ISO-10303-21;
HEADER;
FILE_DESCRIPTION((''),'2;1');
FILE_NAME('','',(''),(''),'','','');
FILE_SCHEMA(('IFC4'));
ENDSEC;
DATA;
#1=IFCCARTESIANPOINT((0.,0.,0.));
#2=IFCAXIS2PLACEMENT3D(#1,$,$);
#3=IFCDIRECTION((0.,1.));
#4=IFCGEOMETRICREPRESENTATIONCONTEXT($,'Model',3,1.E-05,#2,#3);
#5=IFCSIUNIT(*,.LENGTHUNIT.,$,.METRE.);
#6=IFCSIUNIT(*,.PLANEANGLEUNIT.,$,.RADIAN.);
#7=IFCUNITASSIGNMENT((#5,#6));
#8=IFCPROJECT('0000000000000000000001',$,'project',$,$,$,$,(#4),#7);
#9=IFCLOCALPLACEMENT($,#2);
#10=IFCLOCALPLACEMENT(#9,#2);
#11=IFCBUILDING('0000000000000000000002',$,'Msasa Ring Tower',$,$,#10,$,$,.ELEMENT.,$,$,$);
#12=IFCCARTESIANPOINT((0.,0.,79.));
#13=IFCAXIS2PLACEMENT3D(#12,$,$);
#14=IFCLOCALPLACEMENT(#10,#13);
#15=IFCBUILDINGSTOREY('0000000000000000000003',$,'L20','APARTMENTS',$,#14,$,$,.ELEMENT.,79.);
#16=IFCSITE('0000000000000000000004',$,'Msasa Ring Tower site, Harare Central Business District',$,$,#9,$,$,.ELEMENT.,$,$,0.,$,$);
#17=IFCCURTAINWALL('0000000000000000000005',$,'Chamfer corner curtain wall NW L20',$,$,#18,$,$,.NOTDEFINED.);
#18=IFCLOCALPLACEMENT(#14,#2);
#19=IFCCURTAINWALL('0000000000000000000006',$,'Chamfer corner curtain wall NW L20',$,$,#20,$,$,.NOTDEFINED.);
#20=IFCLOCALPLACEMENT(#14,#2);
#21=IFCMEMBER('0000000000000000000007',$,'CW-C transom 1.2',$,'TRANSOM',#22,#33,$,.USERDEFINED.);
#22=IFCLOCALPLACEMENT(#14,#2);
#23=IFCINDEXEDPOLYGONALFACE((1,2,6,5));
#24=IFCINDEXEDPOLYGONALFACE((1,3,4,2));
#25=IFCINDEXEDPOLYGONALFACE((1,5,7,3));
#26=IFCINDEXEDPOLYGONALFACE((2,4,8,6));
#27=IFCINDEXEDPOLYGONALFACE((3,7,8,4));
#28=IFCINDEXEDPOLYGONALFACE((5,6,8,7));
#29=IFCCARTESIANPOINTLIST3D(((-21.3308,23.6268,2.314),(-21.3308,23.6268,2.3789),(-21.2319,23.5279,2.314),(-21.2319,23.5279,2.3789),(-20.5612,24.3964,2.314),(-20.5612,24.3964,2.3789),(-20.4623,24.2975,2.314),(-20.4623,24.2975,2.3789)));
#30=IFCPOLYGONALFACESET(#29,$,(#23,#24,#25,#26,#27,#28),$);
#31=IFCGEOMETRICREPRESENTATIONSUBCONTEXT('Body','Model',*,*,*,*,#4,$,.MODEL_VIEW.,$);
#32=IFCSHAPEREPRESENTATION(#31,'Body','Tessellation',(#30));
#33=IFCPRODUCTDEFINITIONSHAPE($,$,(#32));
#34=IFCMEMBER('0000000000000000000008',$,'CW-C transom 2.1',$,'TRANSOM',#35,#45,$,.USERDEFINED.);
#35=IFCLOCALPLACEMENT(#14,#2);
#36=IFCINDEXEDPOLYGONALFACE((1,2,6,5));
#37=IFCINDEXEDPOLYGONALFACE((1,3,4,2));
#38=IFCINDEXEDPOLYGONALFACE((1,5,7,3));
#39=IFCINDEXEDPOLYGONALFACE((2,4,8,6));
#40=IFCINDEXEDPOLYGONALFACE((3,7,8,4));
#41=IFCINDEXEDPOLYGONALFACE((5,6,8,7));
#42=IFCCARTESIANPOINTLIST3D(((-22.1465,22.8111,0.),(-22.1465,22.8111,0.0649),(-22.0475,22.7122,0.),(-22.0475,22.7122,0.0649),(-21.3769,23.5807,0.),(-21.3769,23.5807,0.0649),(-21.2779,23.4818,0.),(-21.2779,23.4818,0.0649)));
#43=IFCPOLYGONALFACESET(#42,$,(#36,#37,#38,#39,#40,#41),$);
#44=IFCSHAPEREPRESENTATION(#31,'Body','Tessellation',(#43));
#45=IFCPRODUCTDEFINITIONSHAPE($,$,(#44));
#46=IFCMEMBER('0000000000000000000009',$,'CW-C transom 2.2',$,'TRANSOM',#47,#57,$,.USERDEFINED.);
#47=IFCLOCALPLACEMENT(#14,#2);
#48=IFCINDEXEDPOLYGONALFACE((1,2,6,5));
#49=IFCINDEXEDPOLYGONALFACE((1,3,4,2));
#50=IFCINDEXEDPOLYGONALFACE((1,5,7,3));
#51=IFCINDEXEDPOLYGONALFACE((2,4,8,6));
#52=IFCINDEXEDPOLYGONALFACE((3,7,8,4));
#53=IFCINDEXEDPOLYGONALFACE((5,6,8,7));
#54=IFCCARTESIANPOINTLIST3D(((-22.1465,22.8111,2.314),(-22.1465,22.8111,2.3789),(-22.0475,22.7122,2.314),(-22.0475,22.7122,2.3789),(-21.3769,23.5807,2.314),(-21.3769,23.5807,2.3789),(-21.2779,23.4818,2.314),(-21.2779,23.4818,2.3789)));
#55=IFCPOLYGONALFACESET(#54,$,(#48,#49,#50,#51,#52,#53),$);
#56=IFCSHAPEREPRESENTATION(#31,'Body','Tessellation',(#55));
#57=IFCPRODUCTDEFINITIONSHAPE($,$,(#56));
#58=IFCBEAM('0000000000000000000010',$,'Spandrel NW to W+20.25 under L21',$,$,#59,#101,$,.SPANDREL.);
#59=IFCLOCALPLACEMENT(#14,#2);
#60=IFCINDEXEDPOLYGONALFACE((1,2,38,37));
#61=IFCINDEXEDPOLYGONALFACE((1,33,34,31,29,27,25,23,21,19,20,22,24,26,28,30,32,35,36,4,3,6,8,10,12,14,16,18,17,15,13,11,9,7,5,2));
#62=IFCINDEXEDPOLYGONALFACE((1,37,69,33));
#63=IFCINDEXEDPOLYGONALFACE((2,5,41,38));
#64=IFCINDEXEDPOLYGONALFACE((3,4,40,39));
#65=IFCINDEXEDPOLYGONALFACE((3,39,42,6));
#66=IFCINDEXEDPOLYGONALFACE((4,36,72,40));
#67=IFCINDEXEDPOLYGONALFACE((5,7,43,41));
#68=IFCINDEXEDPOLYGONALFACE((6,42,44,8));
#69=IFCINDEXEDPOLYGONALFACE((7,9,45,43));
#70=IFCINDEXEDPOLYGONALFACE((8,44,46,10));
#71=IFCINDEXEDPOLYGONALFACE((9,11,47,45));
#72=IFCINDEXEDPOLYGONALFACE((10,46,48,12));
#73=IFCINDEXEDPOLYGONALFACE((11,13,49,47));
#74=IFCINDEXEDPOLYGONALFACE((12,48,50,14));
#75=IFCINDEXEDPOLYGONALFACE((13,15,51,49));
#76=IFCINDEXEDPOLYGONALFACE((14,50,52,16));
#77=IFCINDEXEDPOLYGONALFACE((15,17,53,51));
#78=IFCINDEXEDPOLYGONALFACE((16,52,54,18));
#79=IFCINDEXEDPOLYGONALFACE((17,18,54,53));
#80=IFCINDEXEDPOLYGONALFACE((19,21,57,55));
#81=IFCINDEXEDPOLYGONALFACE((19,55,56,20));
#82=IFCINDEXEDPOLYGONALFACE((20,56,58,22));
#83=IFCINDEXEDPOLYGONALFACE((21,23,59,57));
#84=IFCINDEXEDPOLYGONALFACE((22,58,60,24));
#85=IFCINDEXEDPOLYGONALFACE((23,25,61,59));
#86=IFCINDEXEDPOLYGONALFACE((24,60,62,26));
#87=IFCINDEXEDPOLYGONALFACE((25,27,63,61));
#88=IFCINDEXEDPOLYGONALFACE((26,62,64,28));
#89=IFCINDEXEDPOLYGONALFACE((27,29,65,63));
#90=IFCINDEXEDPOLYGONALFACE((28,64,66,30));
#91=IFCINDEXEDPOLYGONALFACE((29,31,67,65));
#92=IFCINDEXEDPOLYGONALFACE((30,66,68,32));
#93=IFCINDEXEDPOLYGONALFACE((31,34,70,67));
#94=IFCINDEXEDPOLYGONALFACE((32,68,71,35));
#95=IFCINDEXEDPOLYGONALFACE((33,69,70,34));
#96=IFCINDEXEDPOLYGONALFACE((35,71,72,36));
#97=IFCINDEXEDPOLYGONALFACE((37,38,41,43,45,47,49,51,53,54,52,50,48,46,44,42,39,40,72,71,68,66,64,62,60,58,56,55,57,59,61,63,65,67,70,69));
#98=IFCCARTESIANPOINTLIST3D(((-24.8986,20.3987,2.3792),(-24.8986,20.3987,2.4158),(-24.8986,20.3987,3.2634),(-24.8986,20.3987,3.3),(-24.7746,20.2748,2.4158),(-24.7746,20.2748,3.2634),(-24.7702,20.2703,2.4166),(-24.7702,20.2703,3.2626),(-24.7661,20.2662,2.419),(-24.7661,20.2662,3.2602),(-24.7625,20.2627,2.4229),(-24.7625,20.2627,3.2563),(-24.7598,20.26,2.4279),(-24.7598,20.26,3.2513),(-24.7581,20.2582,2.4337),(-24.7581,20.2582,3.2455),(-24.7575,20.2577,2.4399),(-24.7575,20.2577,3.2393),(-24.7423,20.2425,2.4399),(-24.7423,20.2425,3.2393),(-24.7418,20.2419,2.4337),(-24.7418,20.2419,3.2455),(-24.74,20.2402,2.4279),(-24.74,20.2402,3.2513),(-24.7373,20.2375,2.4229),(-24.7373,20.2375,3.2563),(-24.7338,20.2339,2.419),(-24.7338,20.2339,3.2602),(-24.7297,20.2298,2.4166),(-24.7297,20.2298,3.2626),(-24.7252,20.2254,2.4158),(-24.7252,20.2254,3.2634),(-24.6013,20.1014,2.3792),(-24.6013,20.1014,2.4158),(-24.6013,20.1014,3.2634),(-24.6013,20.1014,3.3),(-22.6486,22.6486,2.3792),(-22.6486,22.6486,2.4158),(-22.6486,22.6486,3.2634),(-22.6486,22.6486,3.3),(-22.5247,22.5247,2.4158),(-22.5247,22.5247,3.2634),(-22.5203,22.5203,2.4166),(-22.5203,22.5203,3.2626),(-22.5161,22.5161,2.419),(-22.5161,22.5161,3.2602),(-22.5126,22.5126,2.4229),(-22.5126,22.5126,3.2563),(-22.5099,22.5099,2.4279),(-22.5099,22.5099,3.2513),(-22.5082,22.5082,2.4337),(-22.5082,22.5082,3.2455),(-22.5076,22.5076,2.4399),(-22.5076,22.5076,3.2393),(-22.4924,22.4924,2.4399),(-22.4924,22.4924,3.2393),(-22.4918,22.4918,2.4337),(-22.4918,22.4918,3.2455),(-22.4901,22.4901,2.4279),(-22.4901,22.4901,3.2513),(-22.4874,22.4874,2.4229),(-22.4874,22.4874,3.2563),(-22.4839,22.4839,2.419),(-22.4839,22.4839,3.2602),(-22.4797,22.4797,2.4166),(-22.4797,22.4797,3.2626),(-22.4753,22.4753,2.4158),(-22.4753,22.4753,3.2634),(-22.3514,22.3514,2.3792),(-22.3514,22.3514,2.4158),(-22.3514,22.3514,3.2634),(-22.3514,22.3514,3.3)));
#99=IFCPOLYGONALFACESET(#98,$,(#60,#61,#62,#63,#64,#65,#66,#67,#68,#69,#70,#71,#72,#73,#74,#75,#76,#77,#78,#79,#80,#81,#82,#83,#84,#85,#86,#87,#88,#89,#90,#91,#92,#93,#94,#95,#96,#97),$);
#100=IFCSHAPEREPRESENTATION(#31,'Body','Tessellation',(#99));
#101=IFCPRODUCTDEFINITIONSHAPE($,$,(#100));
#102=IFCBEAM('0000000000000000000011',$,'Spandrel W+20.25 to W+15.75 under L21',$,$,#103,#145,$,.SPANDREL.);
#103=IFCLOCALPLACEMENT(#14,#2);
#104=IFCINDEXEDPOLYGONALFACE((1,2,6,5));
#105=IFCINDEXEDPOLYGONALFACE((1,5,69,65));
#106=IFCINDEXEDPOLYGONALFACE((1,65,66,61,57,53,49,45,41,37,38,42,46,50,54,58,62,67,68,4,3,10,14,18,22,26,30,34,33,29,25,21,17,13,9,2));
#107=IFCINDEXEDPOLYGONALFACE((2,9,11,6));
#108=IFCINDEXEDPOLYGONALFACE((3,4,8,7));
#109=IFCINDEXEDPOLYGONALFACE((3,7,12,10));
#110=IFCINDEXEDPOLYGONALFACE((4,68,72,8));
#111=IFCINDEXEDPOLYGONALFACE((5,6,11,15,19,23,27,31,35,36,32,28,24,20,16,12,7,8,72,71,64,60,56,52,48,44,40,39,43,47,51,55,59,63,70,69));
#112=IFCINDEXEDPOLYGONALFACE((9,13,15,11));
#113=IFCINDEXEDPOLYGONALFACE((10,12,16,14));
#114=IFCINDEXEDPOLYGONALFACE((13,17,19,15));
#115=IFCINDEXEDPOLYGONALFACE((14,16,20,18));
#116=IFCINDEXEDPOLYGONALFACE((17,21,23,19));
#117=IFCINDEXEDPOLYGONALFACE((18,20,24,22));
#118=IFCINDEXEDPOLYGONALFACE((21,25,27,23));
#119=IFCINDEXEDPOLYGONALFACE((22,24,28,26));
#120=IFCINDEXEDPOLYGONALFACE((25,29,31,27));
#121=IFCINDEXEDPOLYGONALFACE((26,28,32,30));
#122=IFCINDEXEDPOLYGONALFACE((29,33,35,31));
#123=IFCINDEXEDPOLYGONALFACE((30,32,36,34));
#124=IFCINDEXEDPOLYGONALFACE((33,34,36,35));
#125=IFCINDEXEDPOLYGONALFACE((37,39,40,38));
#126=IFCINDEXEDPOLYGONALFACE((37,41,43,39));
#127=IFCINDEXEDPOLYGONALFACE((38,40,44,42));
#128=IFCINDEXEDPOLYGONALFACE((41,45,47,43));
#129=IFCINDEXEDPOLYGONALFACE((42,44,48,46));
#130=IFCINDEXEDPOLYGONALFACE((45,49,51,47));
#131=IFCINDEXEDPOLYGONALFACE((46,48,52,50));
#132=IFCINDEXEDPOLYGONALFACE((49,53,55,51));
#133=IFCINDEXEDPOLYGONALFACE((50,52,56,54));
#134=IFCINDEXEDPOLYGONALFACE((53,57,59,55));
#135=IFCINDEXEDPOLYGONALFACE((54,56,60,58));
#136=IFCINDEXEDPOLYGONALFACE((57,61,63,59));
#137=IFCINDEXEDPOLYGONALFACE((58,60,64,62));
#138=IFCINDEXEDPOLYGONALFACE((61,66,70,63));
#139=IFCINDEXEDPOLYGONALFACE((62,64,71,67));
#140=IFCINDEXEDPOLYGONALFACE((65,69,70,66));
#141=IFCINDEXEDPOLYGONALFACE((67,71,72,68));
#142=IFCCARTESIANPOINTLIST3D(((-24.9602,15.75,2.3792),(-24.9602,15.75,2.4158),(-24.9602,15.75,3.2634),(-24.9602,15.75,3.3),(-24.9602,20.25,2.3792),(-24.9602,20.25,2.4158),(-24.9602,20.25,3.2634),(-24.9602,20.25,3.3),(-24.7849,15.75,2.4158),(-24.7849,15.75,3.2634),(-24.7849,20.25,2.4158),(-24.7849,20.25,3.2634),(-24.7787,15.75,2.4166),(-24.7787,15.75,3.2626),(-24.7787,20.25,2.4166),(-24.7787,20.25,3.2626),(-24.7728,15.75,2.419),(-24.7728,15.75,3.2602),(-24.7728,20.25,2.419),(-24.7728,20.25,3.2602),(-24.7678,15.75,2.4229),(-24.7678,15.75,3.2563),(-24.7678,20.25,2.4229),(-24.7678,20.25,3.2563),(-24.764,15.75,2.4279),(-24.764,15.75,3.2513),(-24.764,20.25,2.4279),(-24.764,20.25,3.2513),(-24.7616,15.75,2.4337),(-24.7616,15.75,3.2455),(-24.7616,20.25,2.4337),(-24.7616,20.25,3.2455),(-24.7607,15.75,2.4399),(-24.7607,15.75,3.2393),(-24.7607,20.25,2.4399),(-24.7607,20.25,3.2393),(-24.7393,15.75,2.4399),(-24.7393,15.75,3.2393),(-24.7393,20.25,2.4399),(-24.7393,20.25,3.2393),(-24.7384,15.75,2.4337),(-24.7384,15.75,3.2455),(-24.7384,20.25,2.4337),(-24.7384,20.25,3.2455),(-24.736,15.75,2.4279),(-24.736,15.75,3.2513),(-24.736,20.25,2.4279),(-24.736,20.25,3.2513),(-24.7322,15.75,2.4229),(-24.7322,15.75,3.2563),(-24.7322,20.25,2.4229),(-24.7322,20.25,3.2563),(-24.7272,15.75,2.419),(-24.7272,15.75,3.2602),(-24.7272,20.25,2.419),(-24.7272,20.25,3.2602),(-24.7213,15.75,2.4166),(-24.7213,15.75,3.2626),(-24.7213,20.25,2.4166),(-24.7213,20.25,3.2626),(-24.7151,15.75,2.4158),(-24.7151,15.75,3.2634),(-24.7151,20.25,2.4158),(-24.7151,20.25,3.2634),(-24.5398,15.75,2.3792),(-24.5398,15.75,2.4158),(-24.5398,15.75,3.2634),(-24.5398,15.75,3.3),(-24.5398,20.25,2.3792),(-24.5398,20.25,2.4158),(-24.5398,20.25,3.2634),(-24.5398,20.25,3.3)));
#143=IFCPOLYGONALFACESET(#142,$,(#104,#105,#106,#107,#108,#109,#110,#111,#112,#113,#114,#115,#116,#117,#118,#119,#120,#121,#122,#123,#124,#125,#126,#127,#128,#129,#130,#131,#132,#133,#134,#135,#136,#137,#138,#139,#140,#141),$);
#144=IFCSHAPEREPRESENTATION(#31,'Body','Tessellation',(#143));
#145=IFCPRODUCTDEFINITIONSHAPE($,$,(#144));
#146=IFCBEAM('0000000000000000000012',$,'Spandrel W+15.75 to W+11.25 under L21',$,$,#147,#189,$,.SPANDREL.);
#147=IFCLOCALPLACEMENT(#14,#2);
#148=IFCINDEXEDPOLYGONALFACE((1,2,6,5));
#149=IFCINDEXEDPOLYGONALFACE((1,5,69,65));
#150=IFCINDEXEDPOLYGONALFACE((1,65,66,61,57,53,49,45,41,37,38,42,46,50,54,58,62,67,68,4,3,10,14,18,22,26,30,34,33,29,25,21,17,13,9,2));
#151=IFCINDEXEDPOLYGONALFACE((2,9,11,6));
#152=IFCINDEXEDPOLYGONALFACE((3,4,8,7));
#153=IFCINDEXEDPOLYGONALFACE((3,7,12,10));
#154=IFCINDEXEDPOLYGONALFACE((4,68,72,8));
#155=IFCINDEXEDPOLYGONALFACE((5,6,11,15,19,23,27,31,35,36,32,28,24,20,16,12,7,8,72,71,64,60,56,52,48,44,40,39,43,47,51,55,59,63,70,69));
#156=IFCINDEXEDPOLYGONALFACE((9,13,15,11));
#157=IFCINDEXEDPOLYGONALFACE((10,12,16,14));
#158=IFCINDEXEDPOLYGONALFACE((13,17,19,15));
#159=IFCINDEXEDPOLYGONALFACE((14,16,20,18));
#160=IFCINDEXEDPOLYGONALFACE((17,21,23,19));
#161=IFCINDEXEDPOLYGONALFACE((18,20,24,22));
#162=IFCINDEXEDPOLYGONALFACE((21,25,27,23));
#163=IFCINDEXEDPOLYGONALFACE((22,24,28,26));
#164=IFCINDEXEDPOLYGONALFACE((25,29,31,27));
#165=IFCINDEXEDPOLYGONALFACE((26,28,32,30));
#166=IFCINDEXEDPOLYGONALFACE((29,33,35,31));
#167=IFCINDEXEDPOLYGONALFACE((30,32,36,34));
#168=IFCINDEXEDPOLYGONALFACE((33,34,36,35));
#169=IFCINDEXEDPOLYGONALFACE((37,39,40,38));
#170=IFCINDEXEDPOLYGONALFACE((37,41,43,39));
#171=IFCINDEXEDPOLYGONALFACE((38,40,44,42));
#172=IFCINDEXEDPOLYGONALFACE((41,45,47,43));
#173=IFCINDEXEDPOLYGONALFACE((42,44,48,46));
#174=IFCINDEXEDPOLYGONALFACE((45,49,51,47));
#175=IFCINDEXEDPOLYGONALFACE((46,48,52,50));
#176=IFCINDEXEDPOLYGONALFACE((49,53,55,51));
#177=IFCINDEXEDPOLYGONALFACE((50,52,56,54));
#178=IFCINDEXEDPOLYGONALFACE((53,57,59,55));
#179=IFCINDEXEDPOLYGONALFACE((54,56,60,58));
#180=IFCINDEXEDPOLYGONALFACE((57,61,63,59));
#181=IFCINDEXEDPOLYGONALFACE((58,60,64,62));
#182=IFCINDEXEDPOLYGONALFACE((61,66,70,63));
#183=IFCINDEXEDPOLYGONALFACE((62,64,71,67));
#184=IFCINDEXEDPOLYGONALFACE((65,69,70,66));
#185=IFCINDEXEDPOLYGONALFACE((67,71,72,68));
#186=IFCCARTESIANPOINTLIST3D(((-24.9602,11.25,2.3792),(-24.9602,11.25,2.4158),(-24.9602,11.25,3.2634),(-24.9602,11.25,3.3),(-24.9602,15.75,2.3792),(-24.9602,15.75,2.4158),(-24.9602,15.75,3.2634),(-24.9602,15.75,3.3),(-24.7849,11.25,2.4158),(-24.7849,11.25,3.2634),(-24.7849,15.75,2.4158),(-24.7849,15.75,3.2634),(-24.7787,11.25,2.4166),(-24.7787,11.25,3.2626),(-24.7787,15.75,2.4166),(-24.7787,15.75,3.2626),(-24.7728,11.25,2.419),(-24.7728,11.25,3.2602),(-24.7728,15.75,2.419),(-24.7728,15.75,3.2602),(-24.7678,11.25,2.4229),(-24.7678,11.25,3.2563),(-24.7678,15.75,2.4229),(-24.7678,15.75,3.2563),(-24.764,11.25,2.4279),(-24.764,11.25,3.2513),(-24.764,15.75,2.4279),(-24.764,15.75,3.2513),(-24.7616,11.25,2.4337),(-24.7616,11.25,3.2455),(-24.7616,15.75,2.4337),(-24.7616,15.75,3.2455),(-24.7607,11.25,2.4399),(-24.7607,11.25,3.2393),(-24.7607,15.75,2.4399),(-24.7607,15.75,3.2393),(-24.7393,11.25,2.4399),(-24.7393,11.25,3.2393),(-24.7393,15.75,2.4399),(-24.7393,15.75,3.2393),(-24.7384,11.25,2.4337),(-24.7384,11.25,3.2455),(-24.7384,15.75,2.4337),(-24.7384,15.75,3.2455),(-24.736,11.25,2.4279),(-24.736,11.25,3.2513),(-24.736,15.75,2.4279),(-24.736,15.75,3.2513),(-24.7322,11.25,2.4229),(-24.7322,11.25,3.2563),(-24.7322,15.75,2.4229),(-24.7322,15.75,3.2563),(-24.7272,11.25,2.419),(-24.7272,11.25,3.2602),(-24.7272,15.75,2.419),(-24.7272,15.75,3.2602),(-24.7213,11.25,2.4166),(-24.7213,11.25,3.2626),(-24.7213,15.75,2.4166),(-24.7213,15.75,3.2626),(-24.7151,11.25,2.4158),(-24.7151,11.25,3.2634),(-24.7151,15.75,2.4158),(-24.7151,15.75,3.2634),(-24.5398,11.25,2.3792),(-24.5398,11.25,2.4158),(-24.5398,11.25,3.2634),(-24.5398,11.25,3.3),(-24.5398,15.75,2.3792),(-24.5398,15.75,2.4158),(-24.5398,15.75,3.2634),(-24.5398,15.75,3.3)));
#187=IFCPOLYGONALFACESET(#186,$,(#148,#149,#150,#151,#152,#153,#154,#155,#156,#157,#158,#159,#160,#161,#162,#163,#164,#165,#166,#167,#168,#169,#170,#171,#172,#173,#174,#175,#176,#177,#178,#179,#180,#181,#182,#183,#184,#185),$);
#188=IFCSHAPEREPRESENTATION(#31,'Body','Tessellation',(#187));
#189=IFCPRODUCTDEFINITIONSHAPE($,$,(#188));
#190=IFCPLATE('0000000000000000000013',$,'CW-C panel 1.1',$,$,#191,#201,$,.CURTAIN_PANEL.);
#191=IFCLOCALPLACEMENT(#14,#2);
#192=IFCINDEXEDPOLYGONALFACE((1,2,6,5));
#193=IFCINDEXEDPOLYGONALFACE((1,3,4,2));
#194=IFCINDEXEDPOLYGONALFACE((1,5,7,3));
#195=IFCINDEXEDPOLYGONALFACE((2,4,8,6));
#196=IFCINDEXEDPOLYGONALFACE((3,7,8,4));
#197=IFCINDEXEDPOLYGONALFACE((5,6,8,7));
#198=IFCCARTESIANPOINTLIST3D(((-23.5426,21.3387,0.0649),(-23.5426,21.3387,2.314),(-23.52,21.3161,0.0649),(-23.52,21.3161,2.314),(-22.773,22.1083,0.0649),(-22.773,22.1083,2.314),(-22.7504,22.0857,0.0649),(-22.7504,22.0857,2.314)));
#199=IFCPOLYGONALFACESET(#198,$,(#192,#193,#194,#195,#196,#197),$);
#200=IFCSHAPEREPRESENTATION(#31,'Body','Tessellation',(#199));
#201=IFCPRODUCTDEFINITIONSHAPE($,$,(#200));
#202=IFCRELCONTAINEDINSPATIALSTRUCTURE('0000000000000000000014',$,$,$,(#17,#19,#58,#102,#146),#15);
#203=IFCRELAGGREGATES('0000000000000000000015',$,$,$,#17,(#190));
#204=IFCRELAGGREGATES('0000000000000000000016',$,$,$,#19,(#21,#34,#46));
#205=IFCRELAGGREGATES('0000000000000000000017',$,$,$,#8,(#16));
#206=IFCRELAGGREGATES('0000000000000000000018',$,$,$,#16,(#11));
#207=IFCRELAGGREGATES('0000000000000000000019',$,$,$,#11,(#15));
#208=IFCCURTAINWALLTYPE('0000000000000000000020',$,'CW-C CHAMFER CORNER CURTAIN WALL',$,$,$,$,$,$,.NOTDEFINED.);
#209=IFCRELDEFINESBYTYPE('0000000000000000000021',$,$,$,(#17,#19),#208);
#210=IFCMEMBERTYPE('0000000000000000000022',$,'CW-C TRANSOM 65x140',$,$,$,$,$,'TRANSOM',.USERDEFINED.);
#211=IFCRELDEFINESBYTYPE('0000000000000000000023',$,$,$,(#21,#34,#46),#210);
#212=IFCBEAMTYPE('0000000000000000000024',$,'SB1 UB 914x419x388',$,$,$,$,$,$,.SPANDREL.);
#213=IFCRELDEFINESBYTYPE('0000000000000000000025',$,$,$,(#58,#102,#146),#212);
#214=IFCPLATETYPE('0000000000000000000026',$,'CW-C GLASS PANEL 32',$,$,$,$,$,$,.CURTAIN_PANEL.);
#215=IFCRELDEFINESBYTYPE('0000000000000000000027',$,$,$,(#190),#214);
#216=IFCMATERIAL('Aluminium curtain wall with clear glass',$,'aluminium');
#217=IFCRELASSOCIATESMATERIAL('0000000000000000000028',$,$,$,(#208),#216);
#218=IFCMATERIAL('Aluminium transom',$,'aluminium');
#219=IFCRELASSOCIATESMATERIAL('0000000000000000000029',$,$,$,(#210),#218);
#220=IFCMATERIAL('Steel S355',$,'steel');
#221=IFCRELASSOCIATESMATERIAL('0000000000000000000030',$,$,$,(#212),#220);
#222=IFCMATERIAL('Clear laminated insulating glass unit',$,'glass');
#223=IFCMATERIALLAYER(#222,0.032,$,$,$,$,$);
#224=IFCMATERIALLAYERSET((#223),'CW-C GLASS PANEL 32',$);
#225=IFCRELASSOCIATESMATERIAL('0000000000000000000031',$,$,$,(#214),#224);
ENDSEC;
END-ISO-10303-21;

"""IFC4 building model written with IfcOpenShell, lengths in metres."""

from ifc_helpers import new_model, si_unit, direction, frame, origin, origin_2d, place, context, subcontext, project, spatial, rectangle, i_section, extrude, material, layer, layer_set, material_profile, profile_set, type_object, element, aggregate, save


model = new_model("IFC4")

# Units and contexts
model_context = context("Model", 3, precision=1e-05, world=origin(), true_north=direction((0.0, 1.0)))
body_context = subcontext(model_context, "Body", "Model", "MODEL_VIEW")
ifc_project = project(units=[si_unit("LENGTHUNIT", "METRE"), si_unit("PLANEANGLEUNIT", "RADIAN")], contexts=[model_context])

# Site, building, storey
site_placement = place(None, origin())
site = spatial("IfcSite", under=ifc_project, at=site_placement, Name="Msasa Ring Tower site, Harare Central Business District", CompositionType="ELEMENT", RefElevation=0.0)
building_placement = place(site_placement, origin())
building = spatial("IfcBuilding", under=site, at=building_placement, Name="Msasa Ring Tower", CompositionType="ELEMENT")
storey_placement = place(building_placement, frame((0.0, 0.0, 79.0)))
storey = spatial("IfcBuildingStorey", under=building, at=storey_placement, Name="L20", Description="APARTMENTS", CompositionType="ELEMENT", Elevation=79.0)

# Curtain walls
ifc_material_1 = material(Name="Aluminium curtain wall with clear glass", Category="aluminium")
curtain_wall_type = type_object("IfcCurtainWallType", Name="CW-C CHAMFER CORNER CURTAIN WALL", PredefinedType="NOTDEFINED", material=ifc_material_1)
curtain_wall_1_placement = place(storey_placement, origin())
curtain_wall_1 = element("IfcCurtainWall", 1, at=curtain_wall_1_placement, inside=storey, type_object=curtain_wall_type, Name="Chamfer corner curtain wall NW L20", PredefinedType="NOTDEFINED")
curtain_wall_2_placement = place(storey_placement, origin())
curtain_wall_2 = element("IfcCurtainWall", 2, at=curtain_wall_2_placement, inside=storey, type_object=curtain_wall_type, Name="Chamfer corner curtain wall NW L20", PredefinedType="NOTDEFINED")

# Members
ifc_material_2 = material(Name="Aluminium transom", Category="aluminium")
ifc_material_profile_1 = material_profile(ifc_material_2, rectangle(XDim=0.1399, YDim=0.0649, at=origin_2d()), Name="AL 65x140")
ifc_profile_set_1 = profile_set([ifc_material_profile_1], Name="Aluminium transom")
member_type_1 = type_object("IfcMemberType", Name="CW-C TRANSOM 65x140", ElementType="TRANSOM", PredefinedType="USERDEFINED", material=ifc_profile_set_1)
member_1_placement = place(storey_placement, frame((-20.5117, 24.3469, 2.3464), z_axis=(-0.707107, -0.707107, 0.0), x_axis=(0.707107, -0.707107, 0.0)))
member_1 = element("IfcMember", 3, at=member_1_placement, type_object=member_type_1, Name="CW-C transom 1.2", ObjectType="TRANSOM", PredefinedType="USERDEFINED", context=body_context, shape_type="SweptSolid", body=[
    extrude(rectangle(XDim=0.1399, YDim=0.0649, at=origin_2d()), origin(), (0.0, 0.0, 1.0), 1.0884),
])
member_2_placement = place(storey_placement, frame((-21.3274, 23.5312, 0.0325), z_axis=(-0.707107, -0.707107, 0.0), x_axis=(0.707107, -0.707107, 0.0)))
member_2 = element("IfcMember", 4, at=member_2_placement, type_object=member_type_1, Name="CW-C transom 2.1", ObjectType="TRANSOM", PredefinedType="USERDEFINED", context=body_context, shape_type="SweptSolid", body=[
    extrude(rectangle(XDim=0.1399, YDim=0.0649, at=origin_2d()), origin(), (0.0, 0.0, 1.0), 1.0884),
])
member_3_placement = place(storey_placement, frame((-21.3274, 23.5312, 2.3464), z_axis=(-0.707107, -0.707107, 0.0), x_axis=(0.707107, -0.707107, 0.0)))
member_3 = element("IfcMember", 5, at=member_3_placement, type_object=member_type_1, Name="CW-C transom 2.2", ObjectType="TRANSOM", PredefinedType="USERDEFINED", context=body_context, shape_type="SweptSolid", body=[
    extrude(rectangle(XDim=0.1399, YDim=0.0649, at=origin_2d()), origin(), (0.0, 0.0, 1.0), 1.0884),
])

# Beams
ifc_material_3 = material(Name="Steel S355", Category="steel")
ifc_material_profile_2 = material_profile(ifc_material_3, i_section(OverallWidth=0.4204, OverallDepth=0.9209, WebThickness=0.0215, FlangeThickness=0.0366, FilletRadius=0.0242, at=origin_2d()), Name="UB 914x419x388")
ifc_profile_set_2 = profile_set([ifc_material_profile_2], Name="Steel S355")
beam_type = type_object("IfcBeamType", Name="SB1 UB 914x419x388", PredefinedType="SPANDREL", material=ifc_profile_set_2)
beam_placement = place(storey_placement, frame((-22.5, 22.5, 2.8396), z_axis=(-0.707107, -0.707107, 0.0), x_axis=(0.707107, -0.707107, 0.0)))
element("IfcBeam", 6, at=beam_placement, inside=storey, type_object=beam_type, Name="Spandrel NW to W+20.25 under L21", PredefinedType="SPANDREL", context=body_context, shape_type="SweptSolid", body=[
    extrude(i_section(OverallWidth=0.4204, OverallDepth=0.9209, WebThickness=0.0215, FlangeThickness=0.0366, FilletRadius=0.0242, at=origin_2d()), origin(), (0.0, 0.0, 1.0), 3.1819),
])
for number, where, z_axis, x_axis, name in (
    (7, (-24.75, 20.25, 2.8396), (0.0, -1.0, 0.0), (1.0, 0.0, 0.0), "Spandrel W+20.25 to W+15.75 under L21"),
    (8, (-24.75, 15.75, 2.8396), (0.0, -1.0, 0.0), (1.0, 0.0, 0.0), "Spandrel W+15.75 to W+11.25 under L21"),
):
    element("IfcBeam", number, at=place(storey_placement, frame(where, z_axis=z_axis, x_axis=x_axis)), inside=storey, type_object=beam_type, Name=name, PredefinedType="SPANDREL", context=body_context, shape_type="SweptSolid", body=[
        extrude(i_section(OverallWidth=0.4204, OverallDepth=0.9209, WebThickness=0.0215, FlangeThickness=0.0366, FilletRadius=0.0242, at=origin_2d()), origin(), (0.0, 0.0, 1.0), 4.5),
    ])

# Plate
ifc_material_4 = material(Name="Clear laminated insulating glass unit", Category="glass")
ifc_layer_1 = layer(ifc_material_4, 0.032)
ifc_layer_set_1 = layer_set([ifc_layer_1], Name="CW-C GLASS PANEL 32")
plate_type = type_object("IfcPlateType", Name="CW-C GLASS PANEL 32", PredefinedType="CURTAIN_PANEL", material=ifc_layer_set_1)
plate_1_placement = place(storey_placement, frame((-23.1465, 21.7122, 0.0649), z_axis=(0.0, 0.0, 1.0), x_axis=(-0.707107, -0.707107, 0.0)))
plate_1 = element("IfcPlate", 9, at=plate_1_placement, type_object=plate_type, Name="CW-C panel 1.1", PredefinedType="CURTAIN_PANEL", context=body_context, shape_type="SweptSolid", body=[
    extrude(rectangle(XDim=1.0884, YDim=0.032, at=origin_2d()), origin(), (0.0, 0.0, 1.0), 2.249),
])
aggregate(curtain_wall_1, [plate_1])
aggregate(curtain_wall_2, [member_1, member_2, member_3])

save(model, "model.ifc")
